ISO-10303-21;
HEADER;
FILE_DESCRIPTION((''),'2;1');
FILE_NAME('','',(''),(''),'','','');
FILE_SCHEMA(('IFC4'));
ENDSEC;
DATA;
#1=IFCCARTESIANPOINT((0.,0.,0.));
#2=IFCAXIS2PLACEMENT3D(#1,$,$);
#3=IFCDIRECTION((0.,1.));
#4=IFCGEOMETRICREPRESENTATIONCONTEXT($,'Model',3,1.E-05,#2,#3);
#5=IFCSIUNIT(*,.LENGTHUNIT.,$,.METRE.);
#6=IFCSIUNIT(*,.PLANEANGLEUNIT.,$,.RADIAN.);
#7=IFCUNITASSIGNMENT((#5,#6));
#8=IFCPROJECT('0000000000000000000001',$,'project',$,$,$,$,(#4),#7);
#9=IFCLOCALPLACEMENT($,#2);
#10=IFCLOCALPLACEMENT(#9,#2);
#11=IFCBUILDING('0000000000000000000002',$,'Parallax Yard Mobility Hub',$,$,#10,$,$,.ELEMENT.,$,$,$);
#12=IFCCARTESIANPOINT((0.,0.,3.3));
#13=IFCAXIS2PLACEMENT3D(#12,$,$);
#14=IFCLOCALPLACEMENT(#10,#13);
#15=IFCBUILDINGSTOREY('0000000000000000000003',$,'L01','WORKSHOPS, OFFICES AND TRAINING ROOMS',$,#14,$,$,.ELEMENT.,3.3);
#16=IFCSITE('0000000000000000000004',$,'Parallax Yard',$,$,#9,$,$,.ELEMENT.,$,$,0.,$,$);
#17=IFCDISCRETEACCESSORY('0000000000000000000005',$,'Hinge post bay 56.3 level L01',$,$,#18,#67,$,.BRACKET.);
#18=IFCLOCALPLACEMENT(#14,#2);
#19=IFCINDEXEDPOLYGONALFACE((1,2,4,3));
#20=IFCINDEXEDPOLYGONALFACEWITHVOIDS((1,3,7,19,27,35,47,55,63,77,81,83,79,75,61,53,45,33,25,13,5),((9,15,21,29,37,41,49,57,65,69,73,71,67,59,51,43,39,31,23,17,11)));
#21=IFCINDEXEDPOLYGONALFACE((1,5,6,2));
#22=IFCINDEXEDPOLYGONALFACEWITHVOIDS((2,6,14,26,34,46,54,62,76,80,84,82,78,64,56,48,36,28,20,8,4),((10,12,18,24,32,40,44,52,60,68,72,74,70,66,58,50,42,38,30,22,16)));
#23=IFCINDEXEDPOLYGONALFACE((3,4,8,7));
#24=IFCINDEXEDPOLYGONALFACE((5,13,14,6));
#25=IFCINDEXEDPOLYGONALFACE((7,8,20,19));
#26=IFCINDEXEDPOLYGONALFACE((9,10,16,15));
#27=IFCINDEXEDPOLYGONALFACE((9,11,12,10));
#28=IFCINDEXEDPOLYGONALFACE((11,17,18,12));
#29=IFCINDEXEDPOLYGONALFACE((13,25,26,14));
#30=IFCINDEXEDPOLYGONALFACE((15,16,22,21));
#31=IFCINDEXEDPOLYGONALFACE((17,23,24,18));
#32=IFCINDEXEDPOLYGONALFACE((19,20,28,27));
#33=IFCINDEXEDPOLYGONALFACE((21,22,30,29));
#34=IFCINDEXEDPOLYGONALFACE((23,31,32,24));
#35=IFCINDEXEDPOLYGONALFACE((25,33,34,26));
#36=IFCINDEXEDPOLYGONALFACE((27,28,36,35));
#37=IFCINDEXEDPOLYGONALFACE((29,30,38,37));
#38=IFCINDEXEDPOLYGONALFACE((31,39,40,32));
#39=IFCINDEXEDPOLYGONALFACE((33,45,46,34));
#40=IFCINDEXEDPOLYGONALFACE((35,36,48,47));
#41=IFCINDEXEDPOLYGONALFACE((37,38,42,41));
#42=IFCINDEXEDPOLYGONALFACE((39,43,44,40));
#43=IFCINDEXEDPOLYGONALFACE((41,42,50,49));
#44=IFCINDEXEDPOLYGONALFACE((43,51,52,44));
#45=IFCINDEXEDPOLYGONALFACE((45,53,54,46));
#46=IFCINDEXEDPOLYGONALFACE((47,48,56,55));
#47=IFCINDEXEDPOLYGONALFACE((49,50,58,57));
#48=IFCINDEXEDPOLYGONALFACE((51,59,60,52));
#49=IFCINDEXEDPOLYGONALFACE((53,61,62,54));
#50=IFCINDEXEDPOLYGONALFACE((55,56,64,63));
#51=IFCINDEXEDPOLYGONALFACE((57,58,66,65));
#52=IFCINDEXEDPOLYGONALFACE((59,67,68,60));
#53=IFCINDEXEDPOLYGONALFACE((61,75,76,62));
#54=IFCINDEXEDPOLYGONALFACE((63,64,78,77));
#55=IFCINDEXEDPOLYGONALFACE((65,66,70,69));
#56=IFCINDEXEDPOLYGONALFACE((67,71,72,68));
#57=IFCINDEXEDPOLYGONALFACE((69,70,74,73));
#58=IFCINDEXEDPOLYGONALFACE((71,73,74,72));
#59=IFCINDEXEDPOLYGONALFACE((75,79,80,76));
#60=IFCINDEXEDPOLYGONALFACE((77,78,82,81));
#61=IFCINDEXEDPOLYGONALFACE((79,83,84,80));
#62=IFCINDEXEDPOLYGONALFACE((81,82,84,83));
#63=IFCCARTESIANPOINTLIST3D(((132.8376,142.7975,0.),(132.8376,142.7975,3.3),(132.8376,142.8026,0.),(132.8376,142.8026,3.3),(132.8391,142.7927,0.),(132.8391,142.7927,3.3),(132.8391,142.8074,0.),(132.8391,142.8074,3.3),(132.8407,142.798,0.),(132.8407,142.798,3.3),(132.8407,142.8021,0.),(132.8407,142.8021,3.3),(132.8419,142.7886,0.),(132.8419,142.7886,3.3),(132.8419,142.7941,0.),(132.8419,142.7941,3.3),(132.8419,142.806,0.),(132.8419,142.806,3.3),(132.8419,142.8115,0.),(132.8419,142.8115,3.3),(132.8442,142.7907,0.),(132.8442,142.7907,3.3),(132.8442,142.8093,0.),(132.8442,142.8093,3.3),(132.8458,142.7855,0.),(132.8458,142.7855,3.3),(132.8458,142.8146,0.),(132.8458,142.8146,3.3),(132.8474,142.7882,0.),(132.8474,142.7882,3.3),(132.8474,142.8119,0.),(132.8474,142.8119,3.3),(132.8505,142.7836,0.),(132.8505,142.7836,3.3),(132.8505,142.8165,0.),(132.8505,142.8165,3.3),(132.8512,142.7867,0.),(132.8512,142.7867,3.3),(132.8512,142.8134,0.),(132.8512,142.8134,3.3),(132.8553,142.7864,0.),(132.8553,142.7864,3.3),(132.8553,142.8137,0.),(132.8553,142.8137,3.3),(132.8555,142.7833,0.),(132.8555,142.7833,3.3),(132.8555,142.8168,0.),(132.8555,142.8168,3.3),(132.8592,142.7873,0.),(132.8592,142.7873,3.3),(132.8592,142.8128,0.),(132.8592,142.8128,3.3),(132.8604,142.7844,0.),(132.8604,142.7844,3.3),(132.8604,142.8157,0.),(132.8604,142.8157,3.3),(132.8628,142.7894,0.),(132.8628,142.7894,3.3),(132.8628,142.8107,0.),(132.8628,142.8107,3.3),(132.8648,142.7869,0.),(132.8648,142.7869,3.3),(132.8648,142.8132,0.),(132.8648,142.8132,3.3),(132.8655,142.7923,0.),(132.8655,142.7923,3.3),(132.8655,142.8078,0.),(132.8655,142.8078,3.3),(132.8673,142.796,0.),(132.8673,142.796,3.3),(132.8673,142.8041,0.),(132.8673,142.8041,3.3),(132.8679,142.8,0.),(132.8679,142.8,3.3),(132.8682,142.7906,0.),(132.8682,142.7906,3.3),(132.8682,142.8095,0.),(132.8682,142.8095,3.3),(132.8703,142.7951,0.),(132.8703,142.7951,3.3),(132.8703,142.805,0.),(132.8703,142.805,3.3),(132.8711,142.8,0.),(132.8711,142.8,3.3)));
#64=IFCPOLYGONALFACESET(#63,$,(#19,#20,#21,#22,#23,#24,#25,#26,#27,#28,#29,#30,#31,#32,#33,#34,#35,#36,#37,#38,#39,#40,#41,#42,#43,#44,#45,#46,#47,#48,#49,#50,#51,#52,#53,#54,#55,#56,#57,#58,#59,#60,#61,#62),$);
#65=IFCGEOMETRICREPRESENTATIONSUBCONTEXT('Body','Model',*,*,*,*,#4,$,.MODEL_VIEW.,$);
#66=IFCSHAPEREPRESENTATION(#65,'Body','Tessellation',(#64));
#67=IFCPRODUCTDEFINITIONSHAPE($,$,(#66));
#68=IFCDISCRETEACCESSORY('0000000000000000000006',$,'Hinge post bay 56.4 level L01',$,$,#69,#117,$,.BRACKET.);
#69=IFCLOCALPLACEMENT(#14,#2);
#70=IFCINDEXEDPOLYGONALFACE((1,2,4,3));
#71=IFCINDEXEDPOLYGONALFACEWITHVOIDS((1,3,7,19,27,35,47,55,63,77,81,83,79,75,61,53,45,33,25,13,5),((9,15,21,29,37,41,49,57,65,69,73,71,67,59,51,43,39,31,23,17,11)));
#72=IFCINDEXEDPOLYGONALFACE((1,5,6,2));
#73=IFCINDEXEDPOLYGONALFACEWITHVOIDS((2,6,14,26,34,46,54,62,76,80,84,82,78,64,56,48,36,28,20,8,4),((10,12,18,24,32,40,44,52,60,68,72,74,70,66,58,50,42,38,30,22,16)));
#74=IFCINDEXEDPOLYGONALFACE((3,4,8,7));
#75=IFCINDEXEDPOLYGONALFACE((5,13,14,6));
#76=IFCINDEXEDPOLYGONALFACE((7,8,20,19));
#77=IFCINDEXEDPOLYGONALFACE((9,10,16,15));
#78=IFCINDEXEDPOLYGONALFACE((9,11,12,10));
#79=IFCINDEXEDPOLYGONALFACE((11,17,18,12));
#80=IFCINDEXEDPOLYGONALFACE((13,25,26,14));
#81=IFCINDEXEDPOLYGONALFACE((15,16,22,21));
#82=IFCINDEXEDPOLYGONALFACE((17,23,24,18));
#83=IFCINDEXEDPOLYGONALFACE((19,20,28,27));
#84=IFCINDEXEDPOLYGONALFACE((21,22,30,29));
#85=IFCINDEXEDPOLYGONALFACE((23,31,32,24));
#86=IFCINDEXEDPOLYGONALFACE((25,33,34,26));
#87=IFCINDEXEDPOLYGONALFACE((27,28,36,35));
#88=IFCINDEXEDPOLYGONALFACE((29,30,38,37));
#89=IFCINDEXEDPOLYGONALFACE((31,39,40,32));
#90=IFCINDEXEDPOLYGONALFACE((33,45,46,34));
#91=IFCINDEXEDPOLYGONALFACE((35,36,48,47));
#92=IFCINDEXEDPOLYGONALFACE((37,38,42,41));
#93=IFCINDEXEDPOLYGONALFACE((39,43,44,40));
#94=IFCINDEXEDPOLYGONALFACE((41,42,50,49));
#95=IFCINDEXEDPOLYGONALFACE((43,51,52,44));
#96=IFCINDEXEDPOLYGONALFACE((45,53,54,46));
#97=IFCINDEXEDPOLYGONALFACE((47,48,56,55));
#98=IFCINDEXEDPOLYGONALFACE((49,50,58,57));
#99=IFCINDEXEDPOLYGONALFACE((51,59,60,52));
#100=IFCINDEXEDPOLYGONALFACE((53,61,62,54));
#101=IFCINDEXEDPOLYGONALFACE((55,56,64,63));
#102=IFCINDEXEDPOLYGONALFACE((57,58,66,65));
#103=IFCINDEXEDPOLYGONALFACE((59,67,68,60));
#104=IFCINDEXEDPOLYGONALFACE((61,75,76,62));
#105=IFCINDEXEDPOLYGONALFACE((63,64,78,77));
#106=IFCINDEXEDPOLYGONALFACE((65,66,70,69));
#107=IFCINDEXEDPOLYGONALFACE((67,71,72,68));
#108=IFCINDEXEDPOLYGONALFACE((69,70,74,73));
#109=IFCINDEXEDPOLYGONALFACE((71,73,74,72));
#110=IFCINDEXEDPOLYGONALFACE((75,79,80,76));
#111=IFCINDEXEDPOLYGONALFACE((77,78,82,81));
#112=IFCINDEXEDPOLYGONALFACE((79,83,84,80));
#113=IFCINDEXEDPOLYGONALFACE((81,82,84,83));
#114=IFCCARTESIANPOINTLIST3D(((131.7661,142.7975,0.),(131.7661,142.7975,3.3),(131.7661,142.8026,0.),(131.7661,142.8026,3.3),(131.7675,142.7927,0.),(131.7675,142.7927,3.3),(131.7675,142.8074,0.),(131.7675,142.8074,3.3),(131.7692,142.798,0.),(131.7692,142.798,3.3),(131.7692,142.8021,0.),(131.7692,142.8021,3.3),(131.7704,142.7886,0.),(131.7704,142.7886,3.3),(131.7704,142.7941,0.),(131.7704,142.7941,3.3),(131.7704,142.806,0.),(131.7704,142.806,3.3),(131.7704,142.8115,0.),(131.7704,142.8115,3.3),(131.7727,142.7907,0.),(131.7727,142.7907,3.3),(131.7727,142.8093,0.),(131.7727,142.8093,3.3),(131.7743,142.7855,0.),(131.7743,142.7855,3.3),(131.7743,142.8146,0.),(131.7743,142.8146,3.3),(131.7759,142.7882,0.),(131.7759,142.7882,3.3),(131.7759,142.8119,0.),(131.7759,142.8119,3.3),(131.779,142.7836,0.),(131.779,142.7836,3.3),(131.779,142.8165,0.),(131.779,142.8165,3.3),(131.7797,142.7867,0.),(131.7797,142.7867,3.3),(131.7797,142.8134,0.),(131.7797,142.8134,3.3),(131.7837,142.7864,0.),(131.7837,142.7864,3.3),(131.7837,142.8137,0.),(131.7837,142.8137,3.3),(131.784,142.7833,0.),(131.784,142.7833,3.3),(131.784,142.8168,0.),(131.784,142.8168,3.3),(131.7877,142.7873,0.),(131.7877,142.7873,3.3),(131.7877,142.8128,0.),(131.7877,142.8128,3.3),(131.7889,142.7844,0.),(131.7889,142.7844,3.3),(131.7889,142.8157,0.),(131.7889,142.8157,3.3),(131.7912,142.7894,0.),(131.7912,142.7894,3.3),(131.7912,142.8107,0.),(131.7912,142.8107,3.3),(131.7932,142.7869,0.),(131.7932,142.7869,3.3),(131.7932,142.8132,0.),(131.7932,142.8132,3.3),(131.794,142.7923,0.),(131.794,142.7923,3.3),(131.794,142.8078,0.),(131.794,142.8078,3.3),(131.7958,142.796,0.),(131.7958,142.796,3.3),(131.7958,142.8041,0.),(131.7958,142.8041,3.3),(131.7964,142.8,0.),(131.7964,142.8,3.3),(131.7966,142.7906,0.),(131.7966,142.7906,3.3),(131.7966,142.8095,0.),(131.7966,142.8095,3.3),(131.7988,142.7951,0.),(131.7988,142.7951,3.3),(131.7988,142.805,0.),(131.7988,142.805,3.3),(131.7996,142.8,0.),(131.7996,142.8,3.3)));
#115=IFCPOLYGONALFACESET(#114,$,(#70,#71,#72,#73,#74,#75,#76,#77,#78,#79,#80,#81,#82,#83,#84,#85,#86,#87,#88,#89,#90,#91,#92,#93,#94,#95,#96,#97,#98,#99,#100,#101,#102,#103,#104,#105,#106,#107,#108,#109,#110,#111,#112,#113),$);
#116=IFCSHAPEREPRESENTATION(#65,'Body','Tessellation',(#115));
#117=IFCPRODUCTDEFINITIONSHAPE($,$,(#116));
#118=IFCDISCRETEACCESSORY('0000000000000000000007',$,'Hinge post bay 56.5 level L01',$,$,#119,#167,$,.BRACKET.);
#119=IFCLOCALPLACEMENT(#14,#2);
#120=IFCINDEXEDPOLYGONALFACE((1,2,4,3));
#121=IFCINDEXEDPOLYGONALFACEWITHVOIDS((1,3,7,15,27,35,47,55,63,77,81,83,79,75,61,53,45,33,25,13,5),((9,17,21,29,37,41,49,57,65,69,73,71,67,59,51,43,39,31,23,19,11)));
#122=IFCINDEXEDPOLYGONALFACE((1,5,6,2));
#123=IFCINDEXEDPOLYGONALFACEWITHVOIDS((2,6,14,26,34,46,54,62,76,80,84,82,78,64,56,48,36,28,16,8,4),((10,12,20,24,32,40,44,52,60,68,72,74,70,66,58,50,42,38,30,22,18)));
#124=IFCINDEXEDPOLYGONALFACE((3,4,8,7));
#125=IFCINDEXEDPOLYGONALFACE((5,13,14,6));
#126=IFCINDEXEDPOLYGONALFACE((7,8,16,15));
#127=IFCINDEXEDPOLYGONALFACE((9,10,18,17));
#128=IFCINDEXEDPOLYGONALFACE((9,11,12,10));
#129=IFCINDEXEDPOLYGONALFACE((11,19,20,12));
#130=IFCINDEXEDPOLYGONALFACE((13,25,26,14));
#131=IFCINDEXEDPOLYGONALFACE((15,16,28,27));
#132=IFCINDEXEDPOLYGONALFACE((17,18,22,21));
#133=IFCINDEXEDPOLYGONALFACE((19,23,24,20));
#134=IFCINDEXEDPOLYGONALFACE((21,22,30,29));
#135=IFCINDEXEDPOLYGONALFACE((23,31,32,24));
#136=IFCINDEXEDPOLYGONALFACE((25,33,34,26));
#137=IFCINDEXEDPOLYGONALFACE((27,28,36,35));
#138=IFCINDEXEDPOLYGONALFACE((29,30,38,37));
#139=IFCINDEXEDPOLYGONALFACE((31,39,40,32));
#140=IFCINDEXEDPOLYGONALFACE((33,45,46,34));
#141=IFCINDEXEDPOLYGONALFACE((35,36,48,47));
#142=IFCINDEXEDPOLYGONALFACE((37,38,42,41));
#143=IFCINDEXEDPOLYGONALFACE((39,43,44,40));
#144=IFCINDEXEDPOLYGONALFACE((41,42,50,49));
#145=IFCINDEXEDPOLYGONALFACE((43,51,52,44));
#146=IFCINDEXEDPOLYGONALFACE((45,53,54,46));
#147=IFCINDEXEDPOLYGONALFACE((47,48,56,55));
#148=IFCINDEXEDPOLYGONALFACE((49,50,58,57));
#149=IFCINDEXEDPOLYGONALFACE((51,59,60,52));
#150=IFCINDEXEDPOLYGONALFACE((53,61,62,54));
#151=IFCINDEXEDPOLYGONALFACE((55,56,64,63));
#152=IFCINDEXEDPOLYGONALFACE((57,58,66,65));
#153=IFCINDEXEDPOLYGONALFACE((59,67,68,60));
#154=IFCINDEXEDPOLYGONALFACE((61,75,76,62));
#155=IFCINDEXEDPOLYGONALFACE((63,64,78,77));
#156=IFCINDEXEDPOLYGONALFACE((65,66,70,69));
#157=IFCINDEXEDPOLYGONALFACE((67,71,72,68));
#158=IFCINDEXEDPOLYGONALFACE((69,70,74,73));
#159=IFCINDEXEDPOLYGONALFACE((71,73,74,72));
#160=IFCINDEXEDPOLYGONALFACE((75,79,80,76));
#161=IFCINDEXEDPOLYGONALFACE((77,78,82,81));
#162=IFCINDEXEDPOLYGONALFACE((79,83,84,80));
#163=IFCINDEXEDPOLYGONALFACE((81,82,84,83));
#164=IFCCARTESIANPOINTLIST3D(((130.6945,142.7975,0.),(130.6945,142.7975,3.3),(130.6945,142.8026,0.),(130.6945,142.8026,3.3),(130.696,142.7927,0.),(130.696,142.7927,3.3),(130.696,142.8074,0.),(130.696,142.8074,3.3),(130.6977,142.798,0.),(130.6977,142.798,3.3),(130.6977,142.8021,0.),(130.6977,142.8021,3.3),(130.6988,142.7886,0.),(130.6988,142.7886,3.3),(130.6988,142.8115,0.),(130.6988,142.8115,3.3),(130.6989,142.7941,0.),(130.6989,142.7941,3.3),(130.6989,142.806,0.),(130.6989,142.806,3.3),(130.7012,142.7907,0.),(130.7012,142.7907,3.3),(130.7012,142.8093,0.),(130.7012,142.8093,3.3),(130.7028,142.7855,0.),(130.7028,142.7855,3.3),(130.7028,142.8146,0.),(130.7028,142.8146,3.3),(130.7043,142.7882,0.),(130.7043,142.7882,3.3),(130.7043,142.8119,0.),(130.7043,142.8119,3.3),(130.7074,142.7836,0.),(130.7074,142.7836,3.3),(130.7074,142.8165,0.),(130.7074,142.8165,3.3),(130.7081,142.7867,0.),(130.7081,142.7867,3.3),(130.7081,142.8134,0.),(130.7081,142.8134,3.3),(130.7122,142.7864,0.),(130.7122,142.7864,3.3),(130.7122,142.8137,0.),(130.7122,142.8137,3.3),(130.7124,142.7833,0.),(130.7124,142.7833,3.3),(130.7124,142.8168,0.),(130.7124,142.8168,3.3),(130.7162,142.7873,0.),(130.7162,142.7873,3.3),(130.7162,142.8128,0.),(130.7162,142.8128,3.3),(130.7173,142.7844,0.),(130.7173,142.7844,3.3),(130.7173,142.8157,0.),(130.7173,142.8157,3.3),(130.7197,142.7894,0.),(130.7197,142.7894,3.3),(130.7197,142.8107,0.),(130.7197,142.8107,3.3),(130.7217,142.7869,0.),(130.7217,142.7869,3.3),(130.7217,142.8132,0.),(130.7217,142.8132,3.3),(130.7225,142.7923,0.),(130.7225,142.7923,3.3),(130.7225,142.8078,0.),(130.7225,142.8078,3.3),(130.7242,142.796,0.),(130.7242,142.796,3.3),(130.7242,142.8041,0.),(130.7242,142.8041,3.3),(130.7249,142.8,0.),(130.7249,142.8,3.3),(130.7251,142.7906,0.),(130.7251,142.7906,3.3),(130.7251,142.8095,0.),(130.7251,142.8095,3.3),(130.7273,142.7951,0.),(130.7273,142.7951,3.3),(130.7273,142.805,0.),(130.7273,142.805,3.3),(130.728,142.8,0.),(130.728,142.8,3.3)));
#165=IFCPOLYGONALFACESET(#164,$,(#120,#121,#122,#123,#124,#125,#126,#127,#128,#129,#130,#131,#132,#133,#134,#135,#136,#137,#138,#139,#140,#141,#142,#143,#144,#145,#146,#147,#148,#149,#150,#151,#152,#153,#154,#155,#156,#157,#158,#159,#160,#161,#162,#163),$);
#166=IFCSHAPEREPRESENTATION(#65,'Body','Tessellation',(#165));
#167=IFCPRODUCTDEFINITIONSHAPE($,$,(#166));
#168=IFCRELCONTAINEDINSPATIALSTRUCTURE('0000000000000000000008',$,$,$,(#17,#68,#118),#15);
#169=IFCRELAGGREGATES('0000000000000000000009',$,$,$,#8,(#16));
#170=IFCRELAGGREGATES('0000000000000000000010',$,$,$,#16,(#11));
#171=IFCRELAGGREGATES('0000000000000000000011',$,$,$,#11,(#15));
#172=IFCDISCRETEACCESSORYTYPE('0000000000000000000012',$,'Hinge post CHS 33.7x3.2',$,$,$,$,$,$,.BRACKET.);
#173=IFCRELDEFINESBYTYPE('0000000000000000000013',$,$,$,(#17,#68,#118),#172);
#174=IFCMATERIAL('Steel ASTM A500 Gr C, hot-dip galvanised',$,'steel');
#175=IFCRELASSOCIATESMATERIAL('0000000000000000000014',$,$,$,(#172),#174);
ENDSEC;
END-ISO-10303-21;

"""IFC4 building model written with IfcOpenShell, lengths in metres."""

from ifc_helpers import new_model, si_unit, direction, frame, origin, origin_2d, place, context, subcontext, project, spatial, hollow_circle, extrude, material, material_profile, profile_set, type_object, element, save


model = new_model("IFC4")

# Units and contexts
model_context = context("Model", 3, precision=1e-05, world=origin(), true_north=direction((0.0, 1.0)))
body_context = subcontext(model_context, "Body", "Model", "MODEL_VIEW")
ifc_project = project(units=[si_unit("LENGTHUNIT", "METRE"), si_unit("PLANEANGLEUNIT", "RADIAN")], contexts=[model_context])

# Site, building, storey
site_placement = place(None, origin())
site = spatial("IfcSite", under=ifc_project, at=site_placement, Name="Parallax Yard", CompositionType="ELEMENT", RefElevation=0.0)
building_placement = place(site_placement, origin())
building = spatial("IfcBuilding", under=site, at=building_placement, Name="Parallax Yard Mobility Hub", CompositionType="ELEMENT")
storey_placement = place(building_placement, frame((0.0, 0.0, 3.3)))
storey = spatial("IfcBuildingStorey", under=building, at=storey_placement, Name="L01", Description="WORKSHOPS, OFFICES AND TRAINING ROOMS", CompositionType="ELEMENT", Elevation=3.3)

# Discrete accessories
ifc_material_1 = material(Name="Steel ASTM A500 Gr C, hot-dip galvanised", Category="steel")
ifc_material_profile = material_profile(ifc_material_1, hollow_circle(Radius=0.0168, WallThickness=0.0032, at=origin_2d()), Name="CHS 33.7x3.2")
ifc_profile_set = profile_set([ifc_material_profile], Name="Steel ASTM A500 Gr C, hot-dip galvanised")
discrete_accessory_type_1 = type_object("IfcDiscreteAccessoryType", Name="Hinge post CHS 33.7x3.2", PredefinedType="BRACKET", material=ifc_profile_set)
for number, where, z_axis, x_axis, name in (
    (1, (132.8542, 142.8, 0.0), (0.0, 0.0, 1.0), (1.0, 0.0, 0.0), "Hinge post bay 56.3 level L01"),
    (2, (131.7827, 142.8, 0.0), (0.0, 0.0, 1.0), (1.0, 0.0, 0.0), "Hinge post bay 56.4 level L01"),
    (3, (130.7112, 142.8, 0.0), (0.0, 0.0, 1.0), (1.0, 0.0, 0.0), "Hinge post bay 56.5 level L01"),
):
    element("IfcDiscreteAccessory", number, at=place(storey_placement, frame(where, z_axis=z_axis, x_axis=x_axis)), inside=storey, type_object=discrete_accessory_type_1, Name=name, PredefinedType="BRACKET", context=body_context, shape_type="SweptSolid", body=[
        extrude(hollow_circle(Radius=0.0168, WallThickness=0.0032, at=origin_2d()), origin(), (0.0, 0.0, 1.0), 3.3),
    ])

save(model, "model.ifc")
